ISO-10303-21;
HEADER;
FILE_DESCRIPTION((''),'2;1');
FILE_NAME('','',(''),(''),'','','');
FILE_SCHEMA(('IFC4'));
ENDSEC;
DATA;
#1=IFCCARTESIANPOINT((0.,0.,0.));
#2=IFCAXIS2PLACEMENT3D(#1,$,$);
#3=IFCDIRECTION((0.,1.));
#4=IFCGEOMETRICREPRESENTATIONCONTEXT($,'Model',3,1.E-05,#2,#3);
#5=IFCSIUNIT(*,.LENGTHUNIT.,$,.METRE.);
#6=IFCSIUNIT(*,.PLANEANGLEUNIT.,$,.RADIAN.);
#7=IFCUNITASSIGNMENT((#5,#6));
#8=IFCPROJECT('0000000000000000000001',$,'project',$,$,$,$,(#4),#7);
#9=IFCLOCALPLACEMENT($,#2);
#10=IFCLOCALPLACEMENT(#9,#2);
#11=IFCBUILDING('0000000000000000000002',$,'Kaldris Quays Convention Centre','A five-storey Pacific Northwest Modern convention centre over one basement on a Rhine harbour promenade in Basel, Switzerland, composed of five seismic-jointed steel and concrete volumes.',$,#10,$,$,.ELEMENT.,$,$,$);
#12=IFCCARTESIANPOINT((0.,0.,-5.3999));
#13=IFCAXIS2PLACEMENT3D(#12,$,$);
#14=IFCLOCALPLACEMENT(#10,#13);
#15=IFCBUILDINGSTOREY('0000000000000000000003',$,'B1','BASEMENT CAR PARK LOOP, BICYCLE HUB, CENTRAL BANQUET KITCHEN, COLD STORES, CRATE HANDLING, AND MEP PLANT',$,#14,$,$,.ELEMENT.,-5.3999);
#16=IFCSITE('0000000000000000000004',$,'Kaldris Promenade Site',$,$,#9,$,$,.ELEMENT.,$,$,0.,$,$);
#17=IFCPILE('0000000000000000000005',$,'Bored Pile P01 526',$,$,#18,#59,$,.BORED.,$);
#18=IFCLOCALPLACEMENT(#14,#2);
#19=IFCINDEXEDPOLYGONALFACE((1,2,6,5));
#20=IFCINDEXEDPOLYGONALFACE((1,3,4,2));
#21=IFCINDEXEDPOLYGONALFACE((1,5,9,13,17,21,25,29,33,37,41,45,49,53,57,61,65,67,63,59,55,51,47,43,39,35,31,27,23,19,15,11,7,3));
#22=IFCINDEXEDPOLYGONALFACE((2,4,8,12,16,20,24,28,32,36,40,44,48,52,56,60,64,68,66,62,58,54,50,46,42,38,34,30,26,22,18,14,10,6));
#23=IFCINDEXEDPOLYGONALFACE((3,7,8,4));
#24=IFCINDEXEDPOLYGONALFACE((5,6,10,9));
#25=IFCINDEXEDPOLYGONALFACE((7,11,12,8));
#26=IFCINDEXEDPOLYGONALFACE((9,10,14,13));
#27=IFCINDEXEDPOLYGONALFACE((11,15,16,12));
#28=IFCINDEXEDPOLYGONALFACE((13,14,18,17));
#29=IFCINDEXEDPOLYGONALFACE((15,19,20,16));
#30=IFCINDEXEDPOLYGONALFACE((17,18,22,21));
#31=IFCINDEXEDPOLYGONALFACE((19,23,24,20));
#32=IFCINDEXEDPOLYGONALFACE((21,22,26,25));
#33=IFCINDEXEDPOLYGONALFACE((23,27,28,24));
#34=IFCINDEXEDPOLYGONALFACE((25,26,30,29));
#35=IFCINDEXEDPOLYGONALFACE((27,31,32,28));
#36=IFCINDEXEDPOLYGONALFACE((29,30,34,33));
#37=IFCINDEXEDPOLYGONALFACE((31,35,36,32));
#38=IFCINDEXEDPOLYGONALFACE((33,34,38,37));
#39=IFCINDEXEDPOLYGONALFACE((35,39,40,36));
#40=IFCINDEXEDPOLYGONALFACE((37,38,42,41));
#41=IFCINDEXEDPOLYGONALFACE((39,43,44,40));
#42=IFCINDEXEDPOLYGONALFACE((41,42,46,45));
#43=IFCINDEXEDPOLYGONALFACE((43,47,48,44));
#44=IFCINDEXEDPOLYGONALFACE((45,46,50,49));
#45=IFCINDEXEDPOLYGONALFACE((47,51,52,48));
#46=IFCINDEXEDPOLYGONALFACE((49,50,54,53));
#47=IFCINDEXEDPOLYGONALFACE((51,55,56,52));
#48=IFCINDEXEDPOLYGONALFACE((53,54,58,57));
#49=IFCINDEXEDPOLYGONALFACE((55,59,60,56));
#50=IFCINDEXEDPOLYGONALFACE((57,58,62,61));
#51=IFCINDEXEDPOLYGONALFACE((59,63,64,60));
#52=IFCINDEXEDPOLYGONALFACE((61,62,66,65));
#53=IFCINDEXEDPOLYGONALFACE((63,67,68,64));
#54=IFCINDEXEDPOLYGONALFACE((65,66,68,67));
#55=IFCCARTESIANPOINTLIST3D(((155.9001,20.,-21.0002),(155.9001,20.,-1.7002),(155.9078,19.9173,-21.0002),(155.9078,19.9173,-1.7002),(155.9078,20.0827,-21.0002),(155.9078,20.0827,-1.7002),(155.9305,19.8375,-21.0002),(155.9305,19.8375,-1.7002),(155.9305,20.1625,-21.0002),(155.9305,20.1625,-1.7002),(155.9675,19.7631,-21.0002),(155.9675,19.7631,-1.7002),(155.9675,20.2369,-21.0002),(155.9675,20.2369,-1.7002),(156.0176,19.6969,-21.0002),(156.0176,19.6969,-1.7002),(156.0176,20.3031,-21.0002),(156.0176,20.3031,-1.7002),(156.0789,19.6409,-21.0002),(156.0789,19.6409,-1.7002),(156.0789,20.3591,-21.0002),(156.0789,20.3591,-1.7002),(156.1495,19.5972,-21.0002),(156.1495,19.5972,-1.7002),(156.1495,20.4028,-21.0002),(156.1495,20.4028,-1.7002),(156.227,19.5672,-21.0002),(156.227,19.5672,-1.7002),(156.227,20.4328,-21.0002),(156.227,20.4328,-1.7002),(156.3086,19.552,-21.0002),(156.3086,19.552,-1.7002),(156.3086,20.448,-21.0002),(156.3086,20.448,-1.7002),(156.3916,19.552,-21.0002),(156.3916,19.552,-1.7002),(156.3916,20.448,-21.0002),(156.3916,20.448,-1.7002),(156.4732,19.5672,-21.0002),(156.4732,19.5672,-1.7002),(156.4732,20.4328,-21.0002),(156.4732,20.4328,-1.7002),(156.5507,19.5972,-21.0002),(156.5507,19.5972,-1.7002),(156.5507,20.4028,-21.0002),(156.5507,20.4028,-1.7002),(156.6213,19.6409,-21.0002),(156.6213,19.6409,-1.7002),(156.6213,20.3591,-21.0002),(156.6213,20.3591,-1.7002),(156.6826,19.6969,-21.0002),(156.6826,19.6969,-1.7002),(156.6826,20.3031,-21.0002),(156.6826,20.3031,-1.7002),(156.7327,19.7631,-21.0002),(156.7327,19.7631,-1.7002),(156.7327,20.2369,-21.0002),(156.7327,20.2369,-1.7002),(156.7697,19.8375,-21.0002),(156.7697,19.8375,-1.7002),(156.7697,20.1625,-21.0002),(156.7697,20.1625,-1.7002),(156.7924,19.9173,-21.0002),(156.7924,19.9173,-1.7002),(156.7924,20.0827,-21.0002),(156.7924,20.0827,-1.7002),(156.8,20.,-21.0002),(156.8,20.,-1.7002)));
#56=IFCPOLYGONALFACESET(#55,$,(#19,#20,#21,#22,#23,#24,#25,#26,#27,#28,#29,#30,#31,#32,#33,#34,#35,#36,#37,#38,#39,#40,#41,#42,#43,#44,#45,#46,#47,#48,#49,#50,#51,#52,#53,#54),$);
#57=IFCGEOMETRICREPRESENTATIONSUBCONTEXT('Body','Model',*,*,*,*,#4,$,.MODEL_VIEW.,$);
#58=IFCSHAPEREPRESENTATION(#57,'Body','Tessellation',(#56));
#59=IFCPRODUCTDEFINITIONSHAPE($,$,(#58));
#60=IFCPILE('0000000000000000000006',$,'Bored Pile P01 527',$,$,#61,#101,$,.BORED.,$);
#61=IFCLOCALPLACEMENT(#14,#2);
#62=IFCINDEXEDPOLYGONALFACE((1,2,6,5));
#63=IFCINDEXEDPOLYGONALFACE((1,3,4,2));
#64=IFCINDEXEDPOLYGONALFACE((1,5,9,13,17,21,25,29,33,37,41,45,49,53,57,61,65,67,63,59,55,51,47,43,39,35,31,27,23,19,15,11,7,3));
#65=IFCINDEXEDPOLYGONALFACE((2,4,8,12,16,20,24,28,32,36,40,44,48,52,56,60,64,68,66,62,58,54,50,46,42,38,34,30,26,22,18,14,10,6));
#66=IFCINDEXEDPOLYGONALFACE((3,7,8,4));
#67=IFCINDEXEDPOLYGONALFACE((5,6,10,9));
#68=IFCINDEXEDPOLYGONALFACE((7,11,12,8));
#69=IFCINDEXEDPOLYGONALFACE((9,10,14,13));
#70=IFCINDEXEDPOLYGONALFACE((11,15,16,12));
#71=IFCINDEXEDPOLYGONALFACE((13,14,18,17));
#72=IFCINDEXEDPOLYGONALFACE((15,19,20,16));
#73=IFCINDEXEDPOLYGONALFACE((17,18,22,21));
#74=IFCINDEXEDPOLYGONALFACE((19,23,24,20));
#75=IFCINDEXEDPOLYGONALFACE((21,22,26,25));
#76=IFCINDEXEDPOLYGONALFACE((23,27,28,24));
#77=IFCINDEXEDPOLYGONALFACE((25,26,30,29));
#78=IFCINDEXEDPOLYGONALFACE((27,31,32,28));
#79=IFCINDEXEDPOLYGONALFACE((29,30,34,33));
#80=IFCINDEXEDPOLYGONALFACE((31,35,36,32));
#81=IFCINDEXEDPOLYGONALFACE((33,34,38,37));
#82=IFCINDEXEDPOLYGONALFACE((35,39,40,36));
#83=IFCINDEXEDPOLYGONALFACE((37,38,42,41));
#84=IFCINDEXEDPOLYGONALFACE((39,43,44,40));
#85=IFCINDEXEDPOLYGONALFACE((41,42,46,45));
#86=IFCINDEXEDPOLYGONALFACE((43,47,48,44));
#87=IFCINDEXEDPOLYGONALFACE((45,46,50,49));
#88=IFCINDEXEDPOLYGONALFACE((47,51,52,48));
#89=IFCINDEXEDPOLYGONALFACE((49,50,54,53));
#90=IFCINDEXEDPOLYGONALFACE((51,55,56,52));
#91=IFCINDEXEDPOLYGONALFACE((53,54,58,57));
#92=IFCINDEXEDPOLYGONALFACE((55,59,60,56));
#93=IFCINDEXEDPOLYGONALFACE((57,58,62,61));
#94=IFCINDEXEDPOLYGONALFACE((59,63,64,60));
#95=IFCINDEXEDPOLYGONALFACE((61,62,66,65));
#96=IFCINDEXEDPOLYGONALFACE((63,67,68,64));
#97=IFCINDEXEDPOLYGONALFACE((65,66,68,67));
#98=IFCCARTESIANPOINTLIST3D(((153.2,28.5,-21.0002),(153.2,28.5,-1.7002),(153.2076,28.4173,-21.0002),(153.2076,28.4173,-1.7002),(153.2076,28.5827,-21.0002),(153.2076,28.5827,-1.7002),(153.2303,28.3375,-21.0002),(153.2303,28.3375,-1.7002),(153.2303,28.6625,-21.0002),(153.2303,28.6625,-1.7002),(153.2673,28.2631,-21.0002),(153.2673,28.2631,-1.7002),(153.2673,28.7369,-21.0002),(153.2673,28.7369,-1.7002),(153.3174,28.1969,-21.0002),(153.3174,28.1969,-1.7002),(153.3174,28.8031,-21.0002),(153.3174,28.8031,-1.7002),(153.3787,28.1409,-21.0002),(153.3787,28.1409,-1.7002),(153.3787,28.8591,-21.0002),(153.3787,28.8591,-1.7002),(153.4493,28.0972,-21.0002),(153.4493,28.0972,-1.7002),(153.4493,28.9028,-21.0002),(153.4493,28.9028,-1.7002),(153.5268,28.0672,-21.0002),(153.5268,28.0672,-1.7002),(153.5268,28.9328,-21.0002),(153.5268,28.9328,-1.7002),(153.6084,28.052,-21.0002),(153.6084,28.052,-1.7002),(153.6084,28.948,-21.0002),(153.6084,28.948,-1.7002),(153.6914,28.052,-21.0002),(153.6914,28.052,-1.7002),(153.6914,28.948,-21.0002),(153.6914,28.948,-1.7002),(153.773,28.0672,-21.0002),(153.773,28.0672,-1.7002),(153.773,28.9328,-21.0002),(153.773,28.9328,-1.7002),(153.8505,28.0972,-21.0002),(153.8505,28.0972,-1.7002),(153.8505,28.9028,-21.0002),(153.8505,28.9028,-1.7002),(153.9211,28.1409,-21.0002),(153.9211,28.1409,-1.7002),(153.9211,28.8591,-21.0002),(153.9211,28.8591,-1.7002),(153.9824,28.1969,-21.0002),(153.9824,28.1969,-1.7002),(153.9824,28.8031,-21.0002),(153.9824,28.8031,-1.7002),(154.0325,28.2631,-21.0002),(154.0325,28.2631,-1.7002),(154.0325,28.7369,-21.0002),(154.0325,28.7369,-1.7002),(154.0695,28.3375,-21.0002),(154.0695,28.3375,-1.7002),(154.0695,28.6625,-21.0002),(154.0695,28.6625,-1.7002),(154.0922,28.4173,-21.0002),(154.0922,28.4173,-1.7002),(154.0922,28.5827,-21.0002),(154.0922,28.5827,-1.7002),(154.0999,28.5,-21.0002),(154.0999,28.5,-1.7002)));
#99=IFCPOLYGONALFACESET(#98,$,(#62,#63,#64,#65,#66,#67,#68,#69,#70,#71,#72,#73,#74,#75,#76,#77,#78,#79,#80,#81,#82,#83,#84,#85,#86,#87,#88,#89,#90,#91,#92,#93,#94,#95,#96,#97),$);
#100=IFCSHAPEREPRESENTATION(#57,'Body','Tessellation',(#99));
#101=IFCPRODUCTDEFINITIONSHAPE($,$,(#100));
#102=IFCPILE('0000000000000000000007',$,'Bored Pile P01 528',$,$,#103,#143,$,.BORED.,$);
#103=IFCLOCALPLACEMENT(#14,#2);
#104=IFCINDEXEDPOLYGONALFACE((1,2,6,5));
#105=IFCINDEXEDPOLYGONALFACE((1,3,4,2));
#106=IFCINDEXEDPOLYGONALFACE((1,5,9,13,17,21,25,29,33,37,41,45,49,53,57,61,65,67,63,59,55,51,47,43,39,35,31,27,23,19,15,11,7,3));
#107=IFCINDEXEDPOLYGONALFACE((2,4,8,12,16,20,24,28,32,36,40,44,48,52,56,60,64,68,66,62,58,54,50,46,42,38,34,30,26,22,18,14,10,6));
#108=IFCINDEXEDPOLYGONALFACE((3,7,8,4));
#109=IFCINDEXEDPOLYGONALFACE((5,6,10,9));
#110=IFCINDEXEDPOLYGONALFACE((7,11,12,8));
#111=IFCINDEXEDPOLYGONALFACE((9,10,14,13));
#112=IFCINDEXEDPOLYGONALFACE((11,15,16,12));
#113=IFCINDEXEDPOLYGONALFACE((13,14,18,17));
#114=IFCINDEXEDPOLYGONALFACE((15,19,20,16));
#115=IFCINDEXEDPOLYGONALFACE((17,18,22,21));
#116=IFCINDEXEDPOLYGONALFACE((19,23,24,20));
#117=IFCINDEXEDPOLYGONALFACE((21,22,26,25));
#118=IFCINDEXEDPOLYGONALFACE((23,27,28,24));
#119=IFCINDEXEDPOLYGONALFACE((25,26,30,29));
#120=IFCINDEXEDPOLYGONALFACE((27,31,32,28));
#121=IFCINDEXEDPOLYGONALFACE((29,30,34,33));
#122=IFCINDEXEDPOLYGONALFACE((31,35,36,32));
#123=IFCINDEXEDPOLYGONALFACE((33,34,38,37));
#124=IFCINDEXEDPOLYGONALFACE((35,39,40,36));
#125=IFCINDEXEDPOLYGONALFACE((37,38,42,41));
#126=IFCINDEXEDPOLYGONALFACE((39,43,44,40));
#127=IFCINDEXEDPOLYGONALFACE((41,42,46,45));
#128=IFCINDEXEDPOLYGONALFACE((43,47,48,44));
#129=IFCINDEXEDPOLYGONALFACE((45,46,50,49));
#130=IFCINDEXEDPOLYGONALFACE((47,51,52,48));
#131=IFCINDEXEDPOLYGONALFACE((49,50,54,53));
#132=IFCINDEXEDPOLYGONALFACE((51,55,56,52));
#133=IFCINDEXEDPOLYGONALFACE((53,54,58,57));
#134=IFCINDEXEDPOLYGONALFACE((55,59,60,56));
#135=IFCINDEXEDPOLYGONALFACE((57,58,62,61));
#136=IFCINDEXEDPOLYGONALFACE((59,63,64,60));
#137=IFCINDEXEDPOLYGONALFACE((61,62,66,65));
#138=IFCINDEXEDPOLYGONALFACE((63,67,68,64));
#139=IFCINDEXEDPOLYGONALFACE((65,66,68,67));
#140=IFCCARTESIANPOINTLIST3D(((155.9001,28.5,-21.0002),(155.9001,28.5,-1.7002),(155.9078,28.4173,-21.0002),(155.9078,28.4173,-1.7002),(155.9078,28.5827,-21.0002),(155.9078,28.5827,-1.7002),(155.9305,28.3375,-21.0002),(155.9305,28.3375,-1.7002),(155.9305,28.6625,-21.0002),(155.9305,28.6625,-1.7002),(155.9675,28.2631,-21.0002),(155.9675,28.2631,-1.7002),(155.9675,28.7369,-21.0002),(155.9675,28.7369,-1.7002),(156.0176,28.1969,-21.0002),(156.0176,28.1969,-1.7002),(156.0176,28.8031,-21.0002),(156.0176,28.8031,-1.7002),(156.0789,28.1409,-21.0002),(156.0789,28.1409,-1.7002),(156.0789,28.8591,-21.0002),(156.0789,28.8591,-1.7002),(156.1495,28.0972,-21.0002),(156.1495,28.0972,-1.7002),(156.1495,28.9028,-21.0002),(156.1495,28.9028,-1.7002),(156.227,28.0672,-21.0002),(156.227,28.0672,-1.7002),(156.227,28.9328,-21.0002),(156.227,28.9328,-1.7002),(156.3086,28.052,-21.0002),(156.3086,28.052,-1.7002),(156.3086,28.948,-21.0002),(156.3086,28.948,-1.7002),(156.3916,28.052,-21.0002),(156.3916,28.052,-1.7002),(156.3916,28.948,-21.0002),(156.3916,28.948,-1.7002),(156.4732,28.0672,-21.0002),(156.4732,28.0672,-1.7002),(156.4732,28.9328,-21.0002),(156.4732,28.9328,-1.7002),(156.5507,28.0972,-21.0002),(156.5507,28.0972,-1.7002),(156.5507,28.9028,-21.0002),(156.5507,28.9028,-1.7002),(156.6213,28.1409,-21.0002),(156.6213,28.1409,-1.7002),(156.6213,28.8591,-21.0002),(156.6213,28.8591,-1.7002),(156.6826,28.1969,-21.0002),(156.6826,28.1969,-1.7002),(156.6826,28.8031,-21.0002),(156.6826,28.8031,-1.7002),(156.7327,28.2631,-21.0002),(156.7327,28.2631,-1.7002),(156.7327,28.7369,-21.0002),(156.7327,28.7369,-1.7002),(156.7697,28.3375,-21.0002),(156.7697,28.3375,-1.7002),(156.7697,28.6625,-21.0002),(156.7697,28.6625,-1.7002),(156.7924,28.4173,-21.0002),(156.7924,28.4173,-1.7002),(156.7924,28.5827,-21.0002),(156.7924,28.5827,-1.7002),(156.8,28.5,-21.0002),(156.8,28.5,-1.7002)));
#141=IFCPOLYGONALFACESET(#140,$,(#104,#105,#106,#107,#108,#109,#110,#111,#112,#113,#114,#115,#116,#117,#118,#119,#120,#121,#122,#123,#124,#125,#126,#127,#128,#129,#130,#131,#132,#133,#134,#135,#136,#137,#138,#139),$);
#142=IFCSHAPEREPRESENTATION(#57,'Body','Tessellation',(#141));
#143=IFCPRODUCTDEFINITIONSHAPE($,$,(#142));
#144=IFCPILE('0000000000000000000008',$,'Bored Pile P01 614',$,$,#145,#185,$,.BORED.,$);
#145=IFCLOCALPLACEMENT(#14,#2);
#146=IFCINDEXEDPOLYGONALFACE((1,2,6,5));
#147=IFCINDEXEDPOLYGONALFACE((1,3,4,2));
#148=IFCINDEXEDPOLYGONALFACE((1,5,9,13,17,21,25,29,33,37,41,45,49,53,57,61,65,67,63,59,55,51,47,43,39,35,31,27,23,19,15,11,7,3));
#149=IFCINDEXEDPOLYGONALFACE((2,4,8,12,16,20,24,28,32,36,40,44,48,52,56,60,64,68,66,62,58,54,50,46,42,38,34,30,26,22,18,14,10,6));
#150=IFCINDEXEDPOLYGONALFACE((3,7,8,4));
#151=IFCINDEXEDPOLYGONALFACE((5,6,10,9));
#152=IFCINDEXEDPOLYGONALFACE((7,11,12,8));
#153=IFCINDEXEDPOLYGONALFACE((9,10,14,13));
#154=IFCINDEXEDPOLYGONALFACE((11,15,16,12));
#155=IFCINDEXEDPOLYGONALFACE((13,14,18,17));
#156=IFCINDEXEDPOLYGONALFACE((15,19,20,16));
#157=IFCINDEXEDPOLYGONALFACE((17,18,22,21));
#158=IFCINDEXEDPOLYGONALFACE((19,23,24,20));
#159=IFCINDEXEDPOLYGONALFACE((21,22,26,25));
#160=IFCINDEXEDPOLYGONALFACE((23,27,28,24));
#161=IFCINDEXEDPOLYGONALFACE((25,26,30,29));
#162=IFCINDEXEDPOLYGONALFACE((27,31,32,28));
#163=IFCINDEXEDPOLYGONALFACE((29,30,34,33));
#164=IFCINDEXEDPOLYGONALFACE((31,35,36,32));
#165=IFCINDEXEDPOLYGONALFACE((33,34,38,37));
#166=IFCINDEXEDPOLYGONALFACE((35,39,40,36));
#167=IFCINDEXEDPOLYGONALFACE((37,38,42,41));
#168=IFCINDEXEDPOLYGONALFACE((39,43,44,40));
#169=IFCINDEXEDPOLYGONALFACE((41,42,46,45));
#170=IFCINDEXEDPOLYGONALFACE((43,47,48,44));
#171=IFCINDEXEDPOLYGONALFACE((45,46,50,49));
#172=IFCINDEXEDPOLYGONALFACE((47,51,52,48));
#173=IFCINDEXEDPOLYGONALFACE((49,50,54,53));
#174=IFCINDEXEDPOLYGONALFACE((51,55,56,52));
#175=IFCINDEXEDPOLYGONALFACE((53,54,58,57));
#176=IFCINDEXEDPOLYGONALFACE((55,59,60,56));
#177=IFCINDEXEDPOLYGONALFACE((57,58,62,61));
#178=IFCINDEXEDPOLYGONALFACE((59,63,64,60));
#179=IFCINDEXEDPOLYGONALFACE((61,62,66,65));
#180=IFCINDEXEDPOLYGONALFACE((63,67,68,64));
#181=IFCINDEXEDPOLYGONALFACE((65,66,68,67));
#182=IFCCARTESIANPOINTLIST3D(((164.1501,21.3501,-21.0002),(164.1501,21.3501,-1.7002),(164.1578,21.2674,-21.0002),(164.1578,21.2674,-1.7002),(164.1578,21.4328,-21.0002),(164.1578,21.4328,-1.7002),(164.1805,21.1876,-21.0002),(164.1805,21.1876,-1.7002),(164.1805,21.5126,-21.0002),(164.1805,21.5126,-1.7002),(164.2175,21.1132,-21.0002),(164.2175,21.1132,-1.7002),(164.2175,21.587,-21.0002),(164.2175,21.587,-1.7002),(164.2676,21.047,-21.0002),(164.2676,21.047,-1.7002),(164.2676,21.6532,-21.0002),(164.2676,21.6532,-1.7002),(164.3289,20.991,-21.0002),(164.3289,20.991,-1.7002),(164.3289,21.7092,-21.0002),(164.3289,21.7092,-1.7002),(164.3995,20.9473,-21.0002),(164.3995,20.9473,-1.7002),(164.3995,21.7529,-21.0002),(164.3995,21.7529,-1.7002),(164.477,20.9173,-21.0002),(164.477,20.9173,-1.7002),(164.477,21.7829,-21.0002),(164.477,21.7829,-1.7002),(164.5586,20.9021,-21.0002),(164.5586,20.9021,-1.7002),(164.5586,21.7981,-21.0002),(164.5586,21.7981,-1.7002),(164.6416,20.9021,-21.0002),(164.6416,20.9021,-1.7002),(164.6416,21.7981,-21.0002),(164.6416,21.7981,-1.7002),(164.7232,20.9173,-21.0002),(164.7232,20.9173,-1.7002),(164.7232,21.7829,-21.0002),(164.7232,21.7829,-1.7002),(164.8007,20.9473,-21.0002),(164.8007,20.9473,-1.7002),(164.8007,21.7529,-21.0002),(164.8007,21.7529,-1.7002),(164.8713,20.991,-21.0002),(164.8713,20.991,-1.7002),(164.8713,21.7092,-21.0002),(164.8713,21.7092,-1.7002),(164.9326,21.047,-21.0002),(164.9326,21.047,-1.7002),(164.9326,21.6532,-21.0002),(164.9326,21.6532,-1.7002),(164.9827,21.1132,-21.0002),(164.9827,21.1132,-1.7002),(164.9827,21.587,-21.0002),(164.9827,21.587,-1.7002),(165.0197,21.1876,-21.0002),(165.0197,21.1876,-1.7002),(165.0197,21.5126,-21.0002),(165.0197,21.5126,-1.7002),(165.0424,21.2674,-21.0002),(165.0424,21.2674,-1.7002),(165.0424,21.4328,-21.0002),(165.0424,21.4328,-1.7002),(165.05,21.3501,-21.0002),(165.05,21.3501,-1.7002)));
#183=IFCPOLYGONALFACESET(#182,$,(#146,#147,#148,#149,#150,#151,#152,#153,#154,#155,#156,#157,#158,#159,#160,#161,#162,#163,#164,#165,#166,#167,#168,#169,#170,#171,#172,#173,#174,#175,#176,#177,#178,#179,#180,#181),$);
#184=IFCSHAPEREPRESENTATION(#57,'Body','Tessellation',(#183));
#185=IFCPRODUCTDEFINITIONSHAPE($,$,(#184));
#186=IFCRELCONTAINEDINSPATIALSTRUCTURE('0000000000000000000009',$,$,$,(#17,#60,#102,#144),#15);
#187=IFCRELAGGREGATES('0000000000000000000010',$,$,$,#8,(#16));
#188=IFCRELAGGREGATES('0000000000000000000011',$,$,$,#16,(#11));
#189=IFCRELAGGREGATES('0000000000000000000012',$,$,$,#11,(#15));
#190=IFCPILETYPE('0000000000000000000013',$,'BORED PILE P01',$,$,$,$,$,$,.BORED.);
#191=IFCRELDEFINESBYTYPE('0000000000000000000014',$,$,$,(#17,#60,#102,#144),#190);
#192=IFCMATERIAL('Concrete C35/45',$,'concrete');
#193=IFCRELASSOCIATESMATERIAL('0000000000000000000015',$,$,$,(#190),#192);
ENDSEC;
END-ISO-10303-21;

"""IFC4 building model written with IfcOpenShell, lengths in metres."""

from ifc_helpers import new_model, si_unit, direction, frame, origin, origin_2d, place, context, subcontext, project, spatial, circle, extrude, material, material_profile, profile_set, type_object, element, save


model = new_model("IFC4")

# Units and contexts
model_context = context("Model", 3, precision=1e-05, world=origin(), true_north=direction((0.0, 1.0)))
body_context = subcontext(model_context, "Body", "Model", "MODEL_VIEW")
ifc_project = project(units=[si_unit("LENGTHUNIT", "METRE"), si_unit("PLANEANGLEUNIT", "RADIAN")], contexts=[model_context])

# Site, building, storey
site_placement = place(None, origin())
site = spatial("IfcSite", under=ifc_project, at=site_placement, Name="Kaldris Promenade Site", CompositionType="ELEMENT", RefElevation=0.0)
building_placement = place(site_placement, origin())
building = spatial("IfcBuilding", under=site, at=building_placement, Name="Kaldris Quays Convention Centre", Description="A five-storey Pacific Northwest Modern convention centre over one basement on a Rhine harbour promenade in Basel, Switzerland, composed of five seismic-jointed steel and concrete volumes.", CompositionType="ELEMENT")
storey_placement = place(building_placement, frame((0.0, 0.0, -5.3999)))
storey = spatial("IfcBuildingStorey", under=building, at=storey_placement, Name="B1", Description="BASEMENT CAR PARK LOOP, BICYCLE HUB, CENTRAL BANQUET KITCHEN, COLD STORES, CRATE HANDLING, AND MEP PLANT", CompositionType="ELEMENT", Elevation=-5.3999)

# Piles
ifc_material_1 = material(Name="Concrete C35/45", Category="concrete")
ifc_material_profile_1 = material_profile(ifc_material_1, circle(Radius=0.45, at=origin_2d()), Name="BORED PILE D900")
ifc_profile_set_1 = profile_set([ifc_material_profile_1], Name="Concrete C35/45")
pile_type = type_object("IfcPileType", Name="BORED PILE P01", PredefinedType="BORED", material=ifc_profile_set_1)
for number, where, z_axis, x_axis, name in (
    (1, (156.3501, 20.0, -1.7002), (0.0, 0.0, -1.0), (1.0, 0.0, 0.0), "Bored Pile P01 526"),
    (2, (153.6499, 28.5, -1.7002), (0.0, 0.0, -1.0), (1.0, 0.0, 0.0), "Bored Pile P01 527"),
    (3, (156.3501, 28.5, -1.7002), (0.0, 0.0, -1.0), (1.0, 0.0, 0.0), "Bored Pile P01 528"),
    (4, (164.6001, 21.3501, -1.7002), (0.0, 0.0, -1.0), (1.0, 0.0, 0.0), "Bored Pile P01 614"),
):
    element("IfcPile", number, at=place(storey_placement, frame(where, z_axis=z_axis, x_axis=x_axis)), inside=storey, type_object=pile_type, Name=name, PredefinedType="BORED", context=body_context, shape_type="SweptSolid", body=[
        extrude(circle(Radius=0.45, at=origin_2d()), origin(), (0.0, 0.0, 1.0), 19.3),
    ])

save(model, "model.ifc")
